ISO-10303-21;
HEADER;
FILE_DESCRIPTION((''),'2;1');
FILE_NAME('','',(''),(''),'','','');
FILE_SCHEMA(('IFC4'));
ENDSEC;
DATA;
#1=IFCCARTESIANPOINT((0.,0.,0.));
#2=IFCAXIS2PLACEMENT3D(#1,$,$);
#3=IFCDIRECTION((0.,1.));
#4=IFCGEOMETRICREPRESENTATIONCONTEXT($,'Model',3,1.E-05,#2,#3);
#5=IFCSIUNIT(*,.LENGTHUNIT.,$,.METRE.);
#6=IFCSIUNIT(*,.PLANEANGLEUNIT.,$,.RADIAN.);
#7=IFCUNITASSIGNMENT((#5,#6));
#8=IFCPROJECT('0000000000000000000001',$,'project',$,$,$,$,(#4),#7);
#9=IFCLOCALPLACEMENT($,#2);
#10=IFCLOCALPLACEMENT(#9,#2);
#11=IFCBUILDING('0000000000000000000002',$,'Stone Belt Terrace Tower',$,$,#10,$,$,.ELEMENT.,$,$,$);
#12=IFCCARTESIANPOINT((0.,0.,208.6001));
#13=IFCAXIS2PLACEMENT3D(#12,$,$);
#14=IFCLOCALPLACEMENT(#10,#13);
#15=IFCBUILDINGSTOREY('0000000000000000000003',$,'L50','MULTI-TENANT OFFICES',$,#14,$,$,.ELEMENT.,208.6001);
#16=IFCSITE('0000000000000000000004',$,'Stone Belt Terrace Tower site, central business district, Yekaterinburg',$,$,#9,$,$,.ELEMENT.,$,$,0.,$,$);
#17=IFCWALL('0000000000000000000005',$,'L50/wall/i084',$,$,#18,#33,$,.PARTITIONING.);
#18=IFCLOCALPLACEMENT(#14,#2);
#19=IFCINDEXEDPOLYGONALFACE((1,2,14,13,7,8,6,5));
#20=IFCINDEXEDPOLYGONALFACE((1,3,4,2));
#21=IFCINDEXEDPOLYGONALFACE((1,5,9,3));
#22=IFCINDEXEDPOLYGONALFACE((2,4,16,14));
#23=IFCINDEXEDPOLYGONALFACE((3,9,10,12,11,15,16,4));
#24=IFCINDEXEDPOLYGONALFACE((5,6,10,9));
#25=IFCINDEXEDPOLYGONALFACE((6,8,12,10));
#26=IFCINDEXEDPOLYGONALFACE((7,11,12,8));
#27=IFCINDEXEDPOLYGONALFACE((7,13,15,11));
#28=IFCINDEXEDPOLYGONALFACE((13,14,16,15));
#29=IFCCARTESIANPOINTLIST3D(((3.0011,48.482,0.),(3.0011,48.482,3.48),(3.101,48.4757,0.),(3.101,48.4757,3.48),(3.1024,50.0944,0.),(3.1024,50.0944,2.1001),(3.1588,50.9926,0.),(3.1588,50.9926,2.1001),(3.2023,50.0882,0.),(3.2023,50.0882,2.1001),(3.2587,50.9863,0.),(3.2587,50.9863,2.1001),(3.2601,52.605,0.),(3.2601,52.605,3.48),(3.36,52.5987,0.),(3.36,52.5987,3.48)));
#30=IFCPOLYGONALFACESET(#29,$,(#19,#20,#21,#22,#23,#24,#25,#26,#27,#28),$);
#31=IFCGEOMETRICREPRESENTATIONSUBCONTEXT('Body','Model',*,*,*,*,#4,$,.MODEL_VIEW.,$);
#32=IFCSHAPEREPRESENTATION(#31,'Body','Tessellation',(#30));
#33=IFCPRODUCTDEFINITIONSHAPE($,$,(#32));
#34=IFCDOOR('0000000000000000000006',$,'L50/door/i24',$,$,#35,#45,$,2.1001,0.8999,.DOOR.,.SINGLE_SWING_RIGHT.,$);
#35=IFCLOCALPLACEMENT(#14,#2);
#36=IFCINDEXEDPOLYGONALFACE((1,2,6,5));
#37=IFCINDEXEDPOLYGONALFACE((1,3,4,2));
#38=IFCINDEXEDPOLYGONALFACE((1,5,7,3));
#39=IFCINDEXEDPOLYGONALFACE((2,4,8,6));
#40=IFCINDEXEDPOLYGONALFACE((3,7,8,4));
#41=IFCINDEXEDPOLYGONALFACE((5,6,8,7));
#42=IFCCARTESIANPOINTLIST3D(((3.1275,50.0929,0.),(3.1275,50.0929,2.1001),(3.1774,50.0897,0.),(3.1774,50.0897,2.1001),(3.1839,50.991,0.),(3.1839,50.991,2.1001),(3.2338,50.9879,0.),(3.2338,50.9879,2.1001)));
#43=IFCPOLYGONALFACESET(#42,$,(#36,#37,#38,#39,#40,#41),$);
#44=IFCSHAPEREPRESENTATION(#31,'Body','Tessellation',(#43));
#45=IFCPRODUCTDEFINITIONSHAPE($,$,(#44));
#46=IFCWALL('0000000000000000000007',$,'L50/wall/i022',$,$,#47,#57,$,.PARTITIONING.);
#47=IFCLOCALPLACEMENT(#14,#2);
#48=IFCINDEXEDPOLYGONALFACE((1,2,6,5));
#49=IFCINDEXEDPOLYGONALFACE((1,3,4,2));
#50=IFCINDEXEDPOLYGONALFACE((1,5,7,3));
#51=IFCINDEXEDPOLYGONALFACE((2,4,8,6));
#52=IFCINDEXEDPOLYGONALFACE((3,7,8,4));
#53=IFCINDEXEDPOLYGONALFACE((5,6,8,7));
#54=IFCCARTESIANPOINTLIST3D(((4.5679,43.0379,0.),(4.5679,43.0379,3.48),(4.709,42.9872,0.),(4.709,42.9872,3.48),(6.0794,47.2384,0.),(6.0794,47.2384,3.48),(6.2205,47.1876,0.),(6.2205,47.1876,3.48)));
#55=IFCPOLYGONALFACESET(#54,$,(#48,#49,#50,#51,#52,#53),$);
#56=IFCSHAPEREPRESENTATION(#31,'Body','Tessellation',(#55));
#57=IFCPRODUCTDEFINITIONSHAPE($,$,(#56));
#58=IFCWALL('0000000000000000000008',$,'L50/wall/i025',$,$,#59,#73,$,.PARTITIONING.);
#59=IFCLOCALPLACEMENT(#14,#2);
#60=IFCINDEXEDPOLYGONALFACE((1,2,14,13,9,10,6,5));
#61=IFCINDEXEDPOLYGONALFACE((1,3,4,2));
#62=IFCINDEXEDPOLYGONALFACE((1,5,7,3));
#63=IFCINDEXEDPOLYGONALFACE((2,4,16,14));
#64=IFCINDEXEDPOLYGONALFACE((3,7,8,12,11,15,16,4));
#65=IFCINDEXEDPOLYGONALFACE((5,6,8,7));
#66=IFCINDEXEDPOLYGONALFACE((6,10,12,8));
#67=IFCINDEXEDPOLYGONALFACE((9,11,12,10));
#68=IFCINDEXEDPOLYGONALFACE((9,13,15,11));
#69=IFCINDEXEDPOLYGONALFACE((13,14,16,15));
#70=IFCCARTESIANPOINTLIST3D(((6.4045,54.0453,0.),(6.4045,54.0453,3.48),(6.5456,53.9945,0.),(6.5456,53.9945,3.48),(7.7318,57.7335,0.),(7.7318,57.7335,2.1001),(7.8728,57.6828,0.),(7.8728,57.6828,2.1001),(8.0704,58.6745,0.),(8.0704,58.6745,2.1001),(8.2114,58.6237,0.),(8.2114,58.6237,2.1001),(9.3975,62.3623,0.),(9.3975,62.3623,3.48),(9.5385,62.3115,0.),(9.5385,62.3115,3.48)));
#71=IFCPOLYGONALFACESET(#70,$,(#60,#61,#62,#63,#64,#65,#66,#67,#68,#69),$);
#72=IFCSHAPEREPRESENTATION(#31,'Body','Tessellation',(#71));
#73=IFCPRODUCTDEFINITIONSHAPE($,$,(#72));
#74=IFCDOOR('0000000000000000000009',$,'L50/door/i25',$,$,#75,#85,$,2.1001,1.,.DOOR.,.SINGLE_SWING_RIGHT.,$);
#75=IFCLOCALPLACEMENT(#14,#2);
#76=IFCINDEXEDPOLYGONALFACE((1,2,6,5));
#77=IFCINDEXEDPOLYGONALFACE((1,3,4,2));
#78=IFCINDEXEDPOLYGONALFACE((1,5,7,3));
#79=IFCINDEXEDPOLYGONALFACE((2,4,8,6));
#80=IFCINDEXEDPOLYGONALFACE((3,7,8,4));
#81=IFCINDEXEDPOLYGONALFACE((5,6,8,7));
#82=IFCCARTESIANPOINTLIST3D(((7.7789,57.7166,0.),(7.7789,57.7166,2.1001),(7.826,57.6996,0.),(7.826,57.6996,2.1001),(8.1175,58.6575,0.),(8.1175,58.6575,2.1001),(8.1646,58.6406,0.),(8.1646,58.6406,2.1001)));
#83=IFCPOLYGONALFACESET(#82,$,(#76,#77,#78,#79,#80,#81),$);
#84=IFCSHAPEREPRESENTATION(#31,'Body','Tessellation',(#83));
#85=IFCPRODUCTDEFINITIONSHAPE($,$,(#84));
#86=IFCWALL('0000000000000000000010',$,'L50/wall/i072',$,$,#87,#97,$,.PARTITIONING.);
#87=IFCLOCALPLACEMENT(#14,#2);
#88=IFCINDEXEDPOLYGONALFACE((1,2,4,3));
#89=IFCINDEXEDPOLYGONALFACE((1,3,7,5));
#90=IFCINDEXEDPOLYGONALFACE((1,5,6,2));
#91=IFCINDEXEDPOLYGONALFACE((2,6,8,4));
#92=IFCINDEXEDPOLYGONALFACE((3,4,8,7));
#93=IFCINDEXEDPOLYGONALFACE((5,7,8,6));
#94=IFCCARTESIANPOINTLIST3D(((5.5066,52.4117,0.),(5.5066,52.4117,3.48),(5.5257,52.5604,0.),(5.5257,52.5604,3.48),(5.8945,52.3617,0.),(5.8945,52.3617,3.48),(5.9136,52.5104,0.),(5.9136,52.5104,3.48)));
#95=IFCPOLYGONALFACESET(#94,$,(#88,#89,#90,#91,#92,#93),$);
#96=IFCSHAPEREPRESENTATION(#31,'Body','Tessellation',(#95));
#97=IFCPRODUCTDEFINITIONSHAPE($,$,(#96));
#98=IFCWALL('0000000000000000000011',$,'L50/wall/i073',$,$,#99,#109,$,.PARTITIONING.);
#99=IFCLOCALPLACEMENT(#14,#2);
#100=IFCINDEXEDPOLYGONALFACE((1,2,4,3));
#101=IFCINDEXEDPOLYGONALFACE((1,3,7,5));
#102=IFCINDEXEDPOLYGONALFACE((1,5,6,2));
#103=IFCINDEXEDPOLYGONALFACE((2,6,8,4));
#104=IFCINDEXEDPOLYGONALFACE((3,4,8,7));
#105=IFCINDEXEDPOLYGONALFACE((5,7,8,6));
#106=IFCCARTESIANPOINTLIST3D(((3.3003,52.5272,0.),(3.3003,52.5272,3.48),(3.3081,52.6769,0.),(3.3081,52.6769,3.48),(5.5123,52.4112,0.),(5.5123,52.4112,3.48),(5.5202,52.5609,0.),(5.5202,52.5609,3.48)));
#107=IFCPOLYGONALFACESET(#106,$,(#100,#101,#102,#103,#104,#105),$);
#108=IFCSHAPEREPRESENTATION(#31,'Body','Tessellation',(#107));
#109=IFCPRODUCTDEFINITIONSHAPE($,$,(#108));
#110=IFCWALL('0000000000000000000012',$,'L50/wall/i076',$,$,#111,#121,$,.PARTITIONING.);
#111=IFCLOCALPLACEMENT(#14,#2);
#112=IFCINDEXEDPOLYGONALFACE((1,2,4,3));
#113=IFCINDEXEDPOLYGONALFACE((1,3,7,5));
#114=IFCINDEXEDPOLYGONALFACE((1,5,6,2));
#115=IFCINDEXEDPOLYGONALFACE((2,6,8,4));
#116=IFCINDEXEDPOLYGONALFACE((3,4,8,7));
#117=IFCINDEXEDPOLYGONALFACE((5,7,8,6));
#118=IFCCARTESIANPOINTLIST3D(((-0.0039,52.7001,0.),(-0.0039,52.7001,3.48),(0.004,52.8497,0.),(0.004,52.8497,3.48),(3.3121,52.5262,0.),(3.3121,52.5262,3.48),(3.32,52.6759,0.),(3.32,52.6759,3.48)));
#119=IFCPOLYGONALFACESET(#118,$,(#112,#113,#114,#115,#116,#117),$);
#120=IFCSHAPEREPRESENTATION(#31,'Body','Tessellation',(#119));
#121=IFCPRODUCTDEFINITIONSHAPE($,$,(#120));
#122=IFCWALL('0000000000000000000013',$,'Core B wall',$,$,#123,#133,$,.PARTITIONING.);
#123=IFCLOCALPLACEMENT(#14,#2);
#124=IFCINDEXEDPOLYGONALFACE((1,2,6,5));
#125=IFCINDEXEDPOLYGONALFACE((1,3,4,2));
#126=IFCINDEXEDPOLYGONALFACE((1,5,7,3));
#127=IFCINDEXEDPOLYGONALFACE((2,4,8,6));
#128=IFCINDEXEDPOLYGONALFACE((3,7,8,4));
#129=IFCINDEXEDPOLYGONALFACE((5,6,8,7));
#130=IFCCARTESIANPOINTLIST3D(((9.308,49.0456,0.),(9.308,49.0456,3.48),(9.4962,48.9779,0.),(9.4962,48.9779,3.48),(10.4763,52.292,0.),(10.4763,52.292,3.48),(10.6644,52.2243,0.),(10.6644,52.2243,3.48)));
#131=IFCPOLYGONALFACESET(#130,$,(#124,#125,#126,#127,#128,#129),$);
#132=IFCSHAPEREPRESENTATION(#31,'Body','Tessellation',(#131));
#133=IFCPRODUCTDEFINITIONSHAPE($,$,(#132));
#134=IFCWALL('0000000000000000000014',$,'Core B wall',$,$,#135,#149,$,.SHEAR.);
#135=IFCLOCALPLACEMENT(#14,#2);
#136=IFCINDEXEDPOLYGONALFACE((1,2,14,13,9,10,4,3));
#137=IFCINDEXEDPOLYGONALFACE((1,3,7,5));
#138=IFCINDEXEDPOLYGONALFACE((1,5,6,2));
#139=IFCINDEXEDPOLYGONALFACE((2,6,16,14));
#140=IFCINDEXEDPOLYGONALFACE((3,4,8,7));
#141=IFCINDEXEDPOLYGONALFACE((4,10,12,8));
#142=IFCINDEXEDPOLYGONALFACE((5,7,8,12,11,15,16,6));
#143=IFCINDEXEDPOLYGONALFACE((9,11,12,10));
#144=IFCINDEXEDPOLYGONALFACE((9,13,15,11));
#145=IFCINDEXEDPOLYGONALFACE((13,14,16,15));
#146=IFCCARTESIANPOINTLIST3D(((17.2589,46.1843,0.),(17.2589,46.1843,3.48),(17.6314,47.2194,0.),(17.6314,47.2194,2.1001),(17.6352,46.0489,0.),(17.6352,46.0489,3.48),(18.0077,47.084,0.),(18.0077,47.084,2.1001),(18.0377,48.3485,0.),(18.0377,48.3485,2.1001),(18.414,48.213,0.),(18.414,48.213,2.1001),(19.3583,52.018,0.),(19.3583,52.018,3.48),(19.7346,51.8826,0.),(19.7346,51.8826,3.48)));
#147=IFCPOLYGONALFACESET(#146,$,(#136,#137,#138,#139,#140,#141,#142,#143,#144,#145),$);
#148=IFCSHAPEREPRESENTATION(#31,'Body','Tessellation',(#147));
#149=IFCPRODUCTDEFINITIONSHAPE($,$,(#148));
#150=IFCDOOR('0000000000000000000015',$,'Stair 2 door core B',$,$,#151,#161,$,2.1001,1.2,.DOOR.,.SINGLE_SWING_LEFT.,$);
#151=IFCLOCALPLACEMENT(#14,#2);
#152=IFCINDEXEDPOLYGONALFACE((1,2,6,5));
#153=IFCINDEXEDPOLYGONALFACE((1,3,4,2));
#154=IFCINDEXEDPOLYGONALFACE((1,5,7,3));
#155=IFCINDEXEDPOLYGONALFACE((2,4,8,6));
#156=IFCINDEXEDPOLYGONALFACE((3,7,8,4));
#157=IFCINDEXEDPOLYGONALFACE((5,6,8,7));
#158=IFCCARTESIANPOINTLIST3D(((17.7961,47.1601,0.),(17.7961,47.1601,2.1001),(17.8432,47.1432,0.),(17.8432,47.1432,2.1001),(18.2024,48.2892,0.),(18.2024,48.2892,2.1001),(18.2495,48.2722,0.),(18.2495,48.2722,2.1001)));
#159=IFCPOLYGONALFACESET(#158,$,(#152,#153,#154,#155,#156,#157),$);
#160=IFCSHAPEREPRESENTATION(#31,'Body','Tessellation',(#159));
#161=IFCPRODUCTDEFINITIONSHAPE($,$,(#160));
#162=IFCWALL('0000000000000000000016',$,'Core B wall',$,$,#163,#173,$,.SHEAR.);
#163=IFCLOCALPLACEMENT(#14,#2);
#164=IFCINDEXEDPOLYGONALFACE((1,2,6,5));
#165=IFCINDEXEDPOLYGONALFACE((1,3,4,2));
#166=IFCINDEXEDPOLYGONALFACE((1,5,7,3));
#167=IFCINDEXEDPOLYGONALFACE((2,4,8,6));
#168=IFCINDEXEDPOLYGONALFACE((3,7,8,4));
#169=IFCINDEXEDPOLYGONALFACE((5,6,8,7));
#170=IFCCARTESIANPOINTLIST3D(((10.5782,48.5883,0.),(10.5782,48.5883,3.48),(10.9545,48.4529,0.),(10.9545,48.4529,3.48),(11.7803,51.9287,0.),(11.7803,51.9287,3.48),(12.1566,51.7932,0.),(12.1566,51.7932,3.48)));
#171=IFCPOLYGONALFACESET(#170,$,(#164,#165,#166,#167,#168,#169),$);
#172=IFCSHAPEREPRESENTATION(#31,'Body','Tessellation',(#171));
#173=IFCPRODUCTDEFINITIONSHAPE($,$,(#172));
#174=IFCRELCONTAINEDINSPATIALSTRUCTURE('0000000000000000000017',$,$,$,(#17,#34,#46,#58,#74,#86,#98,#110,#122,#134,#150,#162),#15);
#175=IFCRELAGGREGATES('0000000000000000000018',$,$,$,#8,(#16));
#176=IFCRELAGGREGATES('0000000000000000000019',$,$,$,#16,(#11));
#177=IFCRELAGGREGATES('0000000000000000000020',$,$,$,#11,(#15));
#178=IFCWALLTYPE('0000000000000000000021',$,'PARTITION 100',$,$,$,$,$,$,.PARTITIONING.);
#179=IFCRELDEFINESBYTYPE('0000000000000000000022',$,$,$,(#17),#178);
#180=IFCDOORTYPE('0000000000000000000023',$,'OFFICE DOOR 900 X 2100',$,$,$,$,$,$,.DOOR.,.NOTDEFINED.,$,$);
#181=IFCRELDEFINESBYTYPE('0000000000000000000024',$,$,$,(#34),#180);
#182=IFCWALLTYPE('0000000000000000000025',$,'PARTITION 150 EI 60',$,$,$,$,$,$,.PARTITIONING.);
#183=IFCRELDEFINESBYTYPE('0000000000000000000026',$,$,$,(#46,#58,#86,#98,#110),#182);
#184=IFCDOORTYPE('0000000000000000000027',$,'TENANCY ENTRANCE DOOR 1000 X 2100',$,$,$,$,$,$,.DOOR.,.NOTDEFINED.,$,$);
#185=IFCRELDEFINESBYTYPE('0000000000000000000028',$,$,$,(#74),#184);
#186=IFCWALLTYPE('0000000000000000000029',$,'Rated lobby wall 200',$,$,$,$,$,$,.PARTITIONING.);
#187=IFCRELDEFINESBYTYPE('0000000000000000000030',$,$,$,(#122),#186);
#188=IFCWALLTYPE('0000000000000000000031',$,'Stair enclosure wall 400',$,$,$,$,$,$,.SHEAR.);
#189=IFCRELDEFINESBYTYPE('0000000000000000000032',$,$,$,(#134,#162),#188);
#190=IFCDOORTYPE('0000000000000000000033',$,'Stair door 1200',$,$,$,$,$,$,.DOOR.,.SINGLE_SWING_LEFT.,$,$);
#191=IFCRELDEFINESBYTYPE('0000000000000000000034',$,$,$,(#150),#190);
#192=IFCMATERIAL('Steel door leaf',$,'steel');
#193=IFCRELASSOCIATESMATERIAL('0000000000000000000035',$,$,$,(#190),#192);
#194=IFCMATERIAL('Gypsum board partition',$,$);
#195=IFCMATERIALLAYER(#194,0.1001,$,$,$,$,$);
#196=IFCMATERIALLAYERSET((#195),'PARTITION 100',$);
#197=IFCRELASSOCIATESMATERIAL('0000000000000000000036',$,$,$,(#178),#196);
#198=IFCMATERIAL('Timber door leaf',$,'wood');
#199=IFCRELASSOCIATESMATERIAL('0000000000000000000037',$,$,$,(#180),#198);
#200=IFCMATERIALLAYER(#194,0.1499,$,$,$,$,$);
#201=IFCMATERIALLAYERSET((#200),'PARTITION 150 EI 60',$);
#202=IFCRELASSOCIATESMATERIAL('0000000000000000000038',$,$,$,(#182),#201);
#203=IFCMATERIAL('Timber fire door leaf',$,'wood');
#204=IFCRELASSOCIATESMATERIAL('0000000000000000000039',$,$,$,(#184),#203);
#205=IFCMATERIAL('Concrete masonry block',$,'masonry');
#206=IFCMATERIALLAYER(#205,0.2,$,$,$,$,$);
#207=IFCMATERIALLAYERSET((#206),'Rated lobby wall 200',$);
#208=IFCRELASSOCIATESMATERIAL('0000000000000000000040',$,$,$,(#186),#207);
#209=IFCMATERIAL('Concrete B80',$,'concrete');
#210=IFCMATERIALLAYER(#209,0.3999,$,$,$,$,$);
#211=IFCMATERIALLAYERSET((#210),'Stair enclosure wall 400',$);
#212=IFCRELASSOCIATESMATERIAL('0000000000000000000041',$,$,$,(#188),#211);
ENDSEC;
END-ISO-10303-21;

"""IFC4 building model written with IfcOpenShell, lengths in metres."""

from ifc_helpers import new_model, si_unit, direction, frame, frame_2d, origin, place, context, subcontext, project, spatial, rectangle, extrude, material, layer, layer_set, type_object, element, fill, save


model = new_model("IFC4")

# Units and contexts
model_context = context("Model", 3, precision=1e-05, world=origin(), true_north=direction((0.0, 1.0)))
body_context = subcontext(model_context, "Body", "Model", "MODEL_VIEW")
ifc_project = project(units=[si_unit("LENGTHUNIT", "METRE"), si_unit("PLANEANGLEUNIT", "RADIAN")], contexts=[model_context])

# Site, building, storey
site_placement = place(None, origin())
site = spatial("IfcSite", under=ifc_project, at=site_placement, Name="Stone Belt Terrace Tower site, central business district, Yekaterinburg", CompositionType="ELEMENT", RefElevation=0.0)
building_placement = place(site_placement, origin())
building = spatial("IfcBuilding", under=site, at=building_placement, Name="Stone Belt Terrace Tower", CompositionType="ELEMENT")
storey_placement = place(building_placement, frame((0.0, 0.0, 208.6001)))
storey = spatial("IfcBuildingStorey", under=building, at=storey_placement, Name="L50", Description="MULTI-TENANT OFFICES", CompositionType="ELEMENT", Elevation=208.6001)

# Shared definitions
ifc_material_1 = material(Name="Timber door leaf", Category="wood")
ifc_material_2 = material(Name="Steel door leaf", Category="steel")
door_type_1 = type_object("IfcDoorType", Name="Stair door 1200", OperationType="SINGLE_SWING_LEFT", PredefinedType="DOOR", material=ifc_material_2)

# Shared definitions
ifc_material_3 = material(Name="Concrete B80", Category="concrete")

# Wall, opening, door
ifc_material_4 = material(Name="Gypsum board partition")
ifc_layer_1 = layer(ifc_material_4, 0.1001)
ifc_layer_set_1 = layer_set([ifc_layer_1], Name="PARTITION 100")
wall_type_1 = type_object("IfcWallType", Name="PARTITION 100", PredefinedType="PARTITIONING", material=ifc_layer_set_1)
wall_1_placement = place(storey_placement, frame((3.051, 48.479, 0.0), z_axis=(0.0, 0.0, 1.0), x_axis=(0.062702, 0.998032, 0.0)))
wall_1 = element("IfcWall", 1, at=wall_1_placement, inside=storey, type_object=wall_type_1, Name="L50/wall/i084", PredefinedType="PARTITIONING", context=body_context, shape_type="SweptSolid", body=[
    extrude(rectangle(XDim=4.1311, YDim=0.1001, at=frame_2d((2.0654, 0.0))), origin(), (0.0, 0.0, 1.0), 3.48),
])
opening_1_placement = place(wall_1_placement, frame((1.6155, 0.0, 0.0)))
opening_1 = element("IfcOpeningElement", 2, at=opening_1_placement, cuts=wall_1, PredefinedType="OPENING", context=body_context, shape_type="SweptSolid", body=[
    extrude(rectangle(XDim=0.8999, YDim=2.1001, at=frame_2d((0.45, 1.05))), frame((0.0, 0.0601, 0.0), z_axis=(0.0, -1.0, 0.0), x_axis=(1.0, 0.0, 0.0)), (0.0, 0.0, 1.0), 0.1201),
])
door_type_2 = type_object("IfcDoorType", Name="OFFICE DOOR 900 X 2100", OperationType="NOTDEFINED", PredefinedType="DOOR", material=ifc_material_1)
door_1_placement = place(opening_1_placement, origin())
door_1 = element("IfcDoor", 3, at=door_1_placement, inside=storey, type_object=door_type_2, Name="L50/door/i24", OperationType="SINGLE_SWING_RIGHT", OverallHeight=2.1001, OverallWidth=0.8999, PredefinedType="DOOR", context=body_context, shape_type="SweptSolid", body=[
    extrude(rectangle(XDim=0.8999, YDim=2.1001, at=frame_2d((0.45, 1.05))), frame((0.0, 0.0249, 0.0), z_axis=(0.0, -1.0, 0.0), x_axis=(1.0, 0.0, 0.0)), (0.0, 0.0, 1.0), 0.05),
])
fill(opening_1, door_1)

# Wall
ifc_layer_2 = layer(ifc_material_4, 0.1499)
ifc_layer_set_2 = layer_set([ifc_layer_2], Name="PARTITION 150 EI 60")
wall_type_2 = type_object("IfcWallType", Name="PARTITION 150 EI 60", PredefinedType="PARTITIONING", material=ifc_layer_set_2)
wall_2_placement = place(storey_placement, frame((6.1499, 47.2129, 0.0), z_axis=(0.0, 0.0, 1.0), x_axis=(-0.338584, -0.940936, 0.0)))
element("IfcWall", 4, at=wall_2_placement, inside=storey, type_object=wall_type_2, Name="L50/wall/i022", PredefinedType="PARTITIONING", context=body_context, shape_type="SweptSolid", body=[
    extrude(rectangle(XDim=4.4641, YDim=0.1499, at=frame_2d((2.2319, 0.0))), origin(), (0.0, 0.0, 1.0), 3.48),
])

# Wall, opening, door
wall_3_placement = place(storey_placement, frame((6.4751, 54.02, 0.0), z_axis=(0.0, 0.0, 1.0), x_axis=(0.338603, 0.940929, 0.0)))
wall_3 = element("IfcWall", 5, at=wall_3_placement, inside=storey, type_object=wall_type_2, Name="L50/wall/i025", PredefinedType="PARTITIONING", context=body_context, shape_type="SweptSolid", body=[
    extrude(rectangle(XDim=8.8391, YDim=0.1499, at=frame_2d((4.4194, 0.0))), origin(), (0.0, 0.0, 1.0), 3.48),
])
opening_2_placement = place(wall_3_placement, frame((3.9197, 0.0, 0.0)))
opening_2 = element("IfcOpeningElement", 6, at=opening_2_placement, cuts=wall_3, PredefinedType="OPENING", context=body_context, shape_type="SweptSolid", body=[
    extrude(rectangle(XDim=1.0, YDim=2.1001, at=frame_2d((0.5, 1.05))), frame((0.0, 0.085, 0.0), z_axis=(0.0, -1.0, 0.0), x_axis=(1.0, 0.0, 0.0)), (0.0, 0.0, 1.0), 0.1699),
])
ifc_material_5 = material(Name="Timber fire door leaf", Category="wood")
door_type_3 = type_object("IfcDoorType", Name="TENANCY ENTRANCE DOOR 1000 X 2100", OperationType="NOTDEFINED", PredefinedType="DOOR", material=ifc_material_5)
door_2_placement = place(opening_2_placement, origin())
door_2 = element("IfcDoor", 7, at=door_2_placement, inside=storey, type_object=door_type_3, Name="L50/door/i25", OperationType="SINGLE_SWING_RIGHT", OverallHeight=2.1001, OverallWidth=1.0, PredefinedType="DOOR", context=body_context, shape_type="SweptSolid", body=[
    extrude(rectangle(XDim=1.0, YDim=2.1001, at=frame_2d((0.5, 1.05))), frame((0.0, 0.0249, 0.0), z_axis=(0.0, -1.0, 0.0), x_axis=(1.0, 0.0, 0.0)), (0.0, 0.0, 1.0), 0.05),
])
fill(opening_2, door_2)

# Walls
wall_4_placement = place(storey_placement, frame((5.9041, 52.436, 0.0), z_axis=(0.0, 0.0, 1.0), x_axis=(-0.99178, 0.127952, 0.0)))
element("IfcWall", 8, at=wall_4_placement, inside=storey, type_object=wall_type_2, Name="L50/wall/i072", PredefinedType="PARTITIONING", context=body_context, shape_type="SweptSolid", body=[
    extrude(rectangle(XDim=0.3911, YDim=0.1499, at=frame_2d((0.1956, 0.0))), origin(), (0.0, 0.0, 1.0), 3.48),
])
wall_5_placement = place(storey_placement, frame((5.5161, 52.4861, 0.0), z_axis=(0.0, 0.0, 1.0), x_axis=(-0.998629, 0.052351, 0.0)))
element("IfcWall", 9, at=wall_5_placement, inside=storey, type_object=wall_type_2, Name="L50/wall/i073", PredefinedType="PARTITIONING", context=body_context, shape_type="SweptSolid", body=[
    extrude(rectangle(XDim=2.2151, YDim=0.1499, at=frame_2d((1.1074, 0.0))), origin(), (0.0, 0.0, 1.0), 3.48),
])
wall_6_placement = place(storey_placement, frame((3.3159, 52.6011, 0.0), z_axis=(0.0, 0.0, 1.0), x_axis=(-0.998629, 0.05235, 0.0)))
element("IfcWall", 10, at=wall_6_placement, inside=storey, type_object=wall_type_2, Name="L50/wall/i076", PredefinedType="PARTITIONING", context=body_context, shape_type="SweptSolid", body=[
    extrude(rectangle(XDim=3.3206, YDim=0.1499, at=frame_2d((1.6602, 0.0))), origin(), (0.0, 0.0, 1.0), 3.48),
])
ifc_material_6 = material(Name="Concrete masonry block", Category="masonry")
ifc_layer_3 = layer(ifc_material_6, 0.2)
ifc_layer_set_3 = layer_set([ifc_layer_3], Name="Rated lobby wall 200")
wall_type_3 = type_object("IfcWallType", Name="Rated lobby wall 200", PredefinedType="PARTITIONING", material=ifc_layer_set_3)
wall_7_placement = place(storey_placement, frame((9.4021, 49.0117, 0.0), z_axis=(0.0, 0.0, 1.0), x_axis=(0.338599, 0.940931, 0.0)))
element("IfcWall", 11, at=wall_7_placement, inside=storey, type_object=wall_type_3, Name="Core B wall", PredefinedType="PARTITIONING", context=body_context, shape_type="SweptSolid", body=[
    extrude(rectangle(XDim=3.4502, YDim=0.2, at=frame_2d((1.7251, 0.0))), origin(), (0.0, 0.0, 1.0), 3.48),
])

# Wall, opening, door
ifc_layer_4 = layer(ifc_material_3, 0.3999)
ifc_layer_set_4 = layer_set([ifc_layer_4], Name="Stair enclosure wall 400")
wall_type_4 = type_object("IfcWallType", Name="Stair enclosure wall 400", PredefinedType="SHEAR", material=ifc_layer_set_4)
wall_8_placement = place(storey_placement, frame((17.447, 46.1165, 0.0), z_axis=(0.0, 0.0, 1.0), x_axis=(0.338608, 0.940928, 0.0)))
wall_8 = element("IfcWall", 12, at=wall_8_placement, inside=storey, type_object=wall_type_4, Name="Core B wall", PredefinedType="SHEAR", context=body_context, shape_type="SweptSolid", body=[
    extrude(rectangle(XDim=6.2, YDim=0.3999, at=frame_2d((3.1001, 0.0))), origin(), (0.0, 0.0, 1.0), 3.48),
])
opening_3_placement = place(wall_8_placement, frame((1.1001, 0.0, 0.0)))
opening_3 = element("IfcOpeningElement", 13, at=opening_3_placement, cuts=wall_8, PredefinedType="OPENING", context=body_context, shape_type="SweptSolid", body=[
    extrude(rectangle(XDim=1.2, YDim=2.1001, at=frame_2d((0.6001, 1.05))), frame((0.0, 0.21, 0.0), z_axis=(0.0, -1.0, 0.0), x_axis=(1.0, 0.0, 0.0)), (0.0, 0.0, 1.0), 0.4199),
])
door_3_placement = place(opening_3_placement, origin())
door_3 = element("IfcDoor", 14, at=door_3_placement, inside=storey, type_object=door_type_1, Name="Stair 2 door core B", OperationType="SINGLE_SWING_LEFT", OverallHeight=2.1001, OverallWidth=1.2, PredefinedType="DOOR", context=body_context, shape_type="SweptSolid", body=[
    extrude(rectangle(XDim=1.2, YDim=2.1001, at=frame_2d((0.6001, 1.05))), frame((0.0, 0.0249, 0.0), z_axis=(0.0, -1.0, 0.0), x_axis=(1.0, 0.0, 0.0)), (0.0, 0.0, 1.0), 0.05),
])
fill(opening_3, door_3)

# Wall
wall_9_placement = place(storey_placement, frame((10.7664, 48.5208, 0.0), z_axis=(0.0, 0.0, 1.0), x_axis=(0.338627, 0.940921, 0.0)))
element("IfcWall", 15, at=wall_9_placement, inside=storey, type_object=wall_type_4, Name="Core B wall", PredefinedType="SHEAR", context=body_context, shape_type="SweptSolid", body=[
    extrude(rectangle(XDim=3.55, YDim=0.3999, at=frame_2d((1.7749, 0.0))), origin(), (0.0, 0.0, 1.0), 3.48),
])

save(model, "model.ifc")
